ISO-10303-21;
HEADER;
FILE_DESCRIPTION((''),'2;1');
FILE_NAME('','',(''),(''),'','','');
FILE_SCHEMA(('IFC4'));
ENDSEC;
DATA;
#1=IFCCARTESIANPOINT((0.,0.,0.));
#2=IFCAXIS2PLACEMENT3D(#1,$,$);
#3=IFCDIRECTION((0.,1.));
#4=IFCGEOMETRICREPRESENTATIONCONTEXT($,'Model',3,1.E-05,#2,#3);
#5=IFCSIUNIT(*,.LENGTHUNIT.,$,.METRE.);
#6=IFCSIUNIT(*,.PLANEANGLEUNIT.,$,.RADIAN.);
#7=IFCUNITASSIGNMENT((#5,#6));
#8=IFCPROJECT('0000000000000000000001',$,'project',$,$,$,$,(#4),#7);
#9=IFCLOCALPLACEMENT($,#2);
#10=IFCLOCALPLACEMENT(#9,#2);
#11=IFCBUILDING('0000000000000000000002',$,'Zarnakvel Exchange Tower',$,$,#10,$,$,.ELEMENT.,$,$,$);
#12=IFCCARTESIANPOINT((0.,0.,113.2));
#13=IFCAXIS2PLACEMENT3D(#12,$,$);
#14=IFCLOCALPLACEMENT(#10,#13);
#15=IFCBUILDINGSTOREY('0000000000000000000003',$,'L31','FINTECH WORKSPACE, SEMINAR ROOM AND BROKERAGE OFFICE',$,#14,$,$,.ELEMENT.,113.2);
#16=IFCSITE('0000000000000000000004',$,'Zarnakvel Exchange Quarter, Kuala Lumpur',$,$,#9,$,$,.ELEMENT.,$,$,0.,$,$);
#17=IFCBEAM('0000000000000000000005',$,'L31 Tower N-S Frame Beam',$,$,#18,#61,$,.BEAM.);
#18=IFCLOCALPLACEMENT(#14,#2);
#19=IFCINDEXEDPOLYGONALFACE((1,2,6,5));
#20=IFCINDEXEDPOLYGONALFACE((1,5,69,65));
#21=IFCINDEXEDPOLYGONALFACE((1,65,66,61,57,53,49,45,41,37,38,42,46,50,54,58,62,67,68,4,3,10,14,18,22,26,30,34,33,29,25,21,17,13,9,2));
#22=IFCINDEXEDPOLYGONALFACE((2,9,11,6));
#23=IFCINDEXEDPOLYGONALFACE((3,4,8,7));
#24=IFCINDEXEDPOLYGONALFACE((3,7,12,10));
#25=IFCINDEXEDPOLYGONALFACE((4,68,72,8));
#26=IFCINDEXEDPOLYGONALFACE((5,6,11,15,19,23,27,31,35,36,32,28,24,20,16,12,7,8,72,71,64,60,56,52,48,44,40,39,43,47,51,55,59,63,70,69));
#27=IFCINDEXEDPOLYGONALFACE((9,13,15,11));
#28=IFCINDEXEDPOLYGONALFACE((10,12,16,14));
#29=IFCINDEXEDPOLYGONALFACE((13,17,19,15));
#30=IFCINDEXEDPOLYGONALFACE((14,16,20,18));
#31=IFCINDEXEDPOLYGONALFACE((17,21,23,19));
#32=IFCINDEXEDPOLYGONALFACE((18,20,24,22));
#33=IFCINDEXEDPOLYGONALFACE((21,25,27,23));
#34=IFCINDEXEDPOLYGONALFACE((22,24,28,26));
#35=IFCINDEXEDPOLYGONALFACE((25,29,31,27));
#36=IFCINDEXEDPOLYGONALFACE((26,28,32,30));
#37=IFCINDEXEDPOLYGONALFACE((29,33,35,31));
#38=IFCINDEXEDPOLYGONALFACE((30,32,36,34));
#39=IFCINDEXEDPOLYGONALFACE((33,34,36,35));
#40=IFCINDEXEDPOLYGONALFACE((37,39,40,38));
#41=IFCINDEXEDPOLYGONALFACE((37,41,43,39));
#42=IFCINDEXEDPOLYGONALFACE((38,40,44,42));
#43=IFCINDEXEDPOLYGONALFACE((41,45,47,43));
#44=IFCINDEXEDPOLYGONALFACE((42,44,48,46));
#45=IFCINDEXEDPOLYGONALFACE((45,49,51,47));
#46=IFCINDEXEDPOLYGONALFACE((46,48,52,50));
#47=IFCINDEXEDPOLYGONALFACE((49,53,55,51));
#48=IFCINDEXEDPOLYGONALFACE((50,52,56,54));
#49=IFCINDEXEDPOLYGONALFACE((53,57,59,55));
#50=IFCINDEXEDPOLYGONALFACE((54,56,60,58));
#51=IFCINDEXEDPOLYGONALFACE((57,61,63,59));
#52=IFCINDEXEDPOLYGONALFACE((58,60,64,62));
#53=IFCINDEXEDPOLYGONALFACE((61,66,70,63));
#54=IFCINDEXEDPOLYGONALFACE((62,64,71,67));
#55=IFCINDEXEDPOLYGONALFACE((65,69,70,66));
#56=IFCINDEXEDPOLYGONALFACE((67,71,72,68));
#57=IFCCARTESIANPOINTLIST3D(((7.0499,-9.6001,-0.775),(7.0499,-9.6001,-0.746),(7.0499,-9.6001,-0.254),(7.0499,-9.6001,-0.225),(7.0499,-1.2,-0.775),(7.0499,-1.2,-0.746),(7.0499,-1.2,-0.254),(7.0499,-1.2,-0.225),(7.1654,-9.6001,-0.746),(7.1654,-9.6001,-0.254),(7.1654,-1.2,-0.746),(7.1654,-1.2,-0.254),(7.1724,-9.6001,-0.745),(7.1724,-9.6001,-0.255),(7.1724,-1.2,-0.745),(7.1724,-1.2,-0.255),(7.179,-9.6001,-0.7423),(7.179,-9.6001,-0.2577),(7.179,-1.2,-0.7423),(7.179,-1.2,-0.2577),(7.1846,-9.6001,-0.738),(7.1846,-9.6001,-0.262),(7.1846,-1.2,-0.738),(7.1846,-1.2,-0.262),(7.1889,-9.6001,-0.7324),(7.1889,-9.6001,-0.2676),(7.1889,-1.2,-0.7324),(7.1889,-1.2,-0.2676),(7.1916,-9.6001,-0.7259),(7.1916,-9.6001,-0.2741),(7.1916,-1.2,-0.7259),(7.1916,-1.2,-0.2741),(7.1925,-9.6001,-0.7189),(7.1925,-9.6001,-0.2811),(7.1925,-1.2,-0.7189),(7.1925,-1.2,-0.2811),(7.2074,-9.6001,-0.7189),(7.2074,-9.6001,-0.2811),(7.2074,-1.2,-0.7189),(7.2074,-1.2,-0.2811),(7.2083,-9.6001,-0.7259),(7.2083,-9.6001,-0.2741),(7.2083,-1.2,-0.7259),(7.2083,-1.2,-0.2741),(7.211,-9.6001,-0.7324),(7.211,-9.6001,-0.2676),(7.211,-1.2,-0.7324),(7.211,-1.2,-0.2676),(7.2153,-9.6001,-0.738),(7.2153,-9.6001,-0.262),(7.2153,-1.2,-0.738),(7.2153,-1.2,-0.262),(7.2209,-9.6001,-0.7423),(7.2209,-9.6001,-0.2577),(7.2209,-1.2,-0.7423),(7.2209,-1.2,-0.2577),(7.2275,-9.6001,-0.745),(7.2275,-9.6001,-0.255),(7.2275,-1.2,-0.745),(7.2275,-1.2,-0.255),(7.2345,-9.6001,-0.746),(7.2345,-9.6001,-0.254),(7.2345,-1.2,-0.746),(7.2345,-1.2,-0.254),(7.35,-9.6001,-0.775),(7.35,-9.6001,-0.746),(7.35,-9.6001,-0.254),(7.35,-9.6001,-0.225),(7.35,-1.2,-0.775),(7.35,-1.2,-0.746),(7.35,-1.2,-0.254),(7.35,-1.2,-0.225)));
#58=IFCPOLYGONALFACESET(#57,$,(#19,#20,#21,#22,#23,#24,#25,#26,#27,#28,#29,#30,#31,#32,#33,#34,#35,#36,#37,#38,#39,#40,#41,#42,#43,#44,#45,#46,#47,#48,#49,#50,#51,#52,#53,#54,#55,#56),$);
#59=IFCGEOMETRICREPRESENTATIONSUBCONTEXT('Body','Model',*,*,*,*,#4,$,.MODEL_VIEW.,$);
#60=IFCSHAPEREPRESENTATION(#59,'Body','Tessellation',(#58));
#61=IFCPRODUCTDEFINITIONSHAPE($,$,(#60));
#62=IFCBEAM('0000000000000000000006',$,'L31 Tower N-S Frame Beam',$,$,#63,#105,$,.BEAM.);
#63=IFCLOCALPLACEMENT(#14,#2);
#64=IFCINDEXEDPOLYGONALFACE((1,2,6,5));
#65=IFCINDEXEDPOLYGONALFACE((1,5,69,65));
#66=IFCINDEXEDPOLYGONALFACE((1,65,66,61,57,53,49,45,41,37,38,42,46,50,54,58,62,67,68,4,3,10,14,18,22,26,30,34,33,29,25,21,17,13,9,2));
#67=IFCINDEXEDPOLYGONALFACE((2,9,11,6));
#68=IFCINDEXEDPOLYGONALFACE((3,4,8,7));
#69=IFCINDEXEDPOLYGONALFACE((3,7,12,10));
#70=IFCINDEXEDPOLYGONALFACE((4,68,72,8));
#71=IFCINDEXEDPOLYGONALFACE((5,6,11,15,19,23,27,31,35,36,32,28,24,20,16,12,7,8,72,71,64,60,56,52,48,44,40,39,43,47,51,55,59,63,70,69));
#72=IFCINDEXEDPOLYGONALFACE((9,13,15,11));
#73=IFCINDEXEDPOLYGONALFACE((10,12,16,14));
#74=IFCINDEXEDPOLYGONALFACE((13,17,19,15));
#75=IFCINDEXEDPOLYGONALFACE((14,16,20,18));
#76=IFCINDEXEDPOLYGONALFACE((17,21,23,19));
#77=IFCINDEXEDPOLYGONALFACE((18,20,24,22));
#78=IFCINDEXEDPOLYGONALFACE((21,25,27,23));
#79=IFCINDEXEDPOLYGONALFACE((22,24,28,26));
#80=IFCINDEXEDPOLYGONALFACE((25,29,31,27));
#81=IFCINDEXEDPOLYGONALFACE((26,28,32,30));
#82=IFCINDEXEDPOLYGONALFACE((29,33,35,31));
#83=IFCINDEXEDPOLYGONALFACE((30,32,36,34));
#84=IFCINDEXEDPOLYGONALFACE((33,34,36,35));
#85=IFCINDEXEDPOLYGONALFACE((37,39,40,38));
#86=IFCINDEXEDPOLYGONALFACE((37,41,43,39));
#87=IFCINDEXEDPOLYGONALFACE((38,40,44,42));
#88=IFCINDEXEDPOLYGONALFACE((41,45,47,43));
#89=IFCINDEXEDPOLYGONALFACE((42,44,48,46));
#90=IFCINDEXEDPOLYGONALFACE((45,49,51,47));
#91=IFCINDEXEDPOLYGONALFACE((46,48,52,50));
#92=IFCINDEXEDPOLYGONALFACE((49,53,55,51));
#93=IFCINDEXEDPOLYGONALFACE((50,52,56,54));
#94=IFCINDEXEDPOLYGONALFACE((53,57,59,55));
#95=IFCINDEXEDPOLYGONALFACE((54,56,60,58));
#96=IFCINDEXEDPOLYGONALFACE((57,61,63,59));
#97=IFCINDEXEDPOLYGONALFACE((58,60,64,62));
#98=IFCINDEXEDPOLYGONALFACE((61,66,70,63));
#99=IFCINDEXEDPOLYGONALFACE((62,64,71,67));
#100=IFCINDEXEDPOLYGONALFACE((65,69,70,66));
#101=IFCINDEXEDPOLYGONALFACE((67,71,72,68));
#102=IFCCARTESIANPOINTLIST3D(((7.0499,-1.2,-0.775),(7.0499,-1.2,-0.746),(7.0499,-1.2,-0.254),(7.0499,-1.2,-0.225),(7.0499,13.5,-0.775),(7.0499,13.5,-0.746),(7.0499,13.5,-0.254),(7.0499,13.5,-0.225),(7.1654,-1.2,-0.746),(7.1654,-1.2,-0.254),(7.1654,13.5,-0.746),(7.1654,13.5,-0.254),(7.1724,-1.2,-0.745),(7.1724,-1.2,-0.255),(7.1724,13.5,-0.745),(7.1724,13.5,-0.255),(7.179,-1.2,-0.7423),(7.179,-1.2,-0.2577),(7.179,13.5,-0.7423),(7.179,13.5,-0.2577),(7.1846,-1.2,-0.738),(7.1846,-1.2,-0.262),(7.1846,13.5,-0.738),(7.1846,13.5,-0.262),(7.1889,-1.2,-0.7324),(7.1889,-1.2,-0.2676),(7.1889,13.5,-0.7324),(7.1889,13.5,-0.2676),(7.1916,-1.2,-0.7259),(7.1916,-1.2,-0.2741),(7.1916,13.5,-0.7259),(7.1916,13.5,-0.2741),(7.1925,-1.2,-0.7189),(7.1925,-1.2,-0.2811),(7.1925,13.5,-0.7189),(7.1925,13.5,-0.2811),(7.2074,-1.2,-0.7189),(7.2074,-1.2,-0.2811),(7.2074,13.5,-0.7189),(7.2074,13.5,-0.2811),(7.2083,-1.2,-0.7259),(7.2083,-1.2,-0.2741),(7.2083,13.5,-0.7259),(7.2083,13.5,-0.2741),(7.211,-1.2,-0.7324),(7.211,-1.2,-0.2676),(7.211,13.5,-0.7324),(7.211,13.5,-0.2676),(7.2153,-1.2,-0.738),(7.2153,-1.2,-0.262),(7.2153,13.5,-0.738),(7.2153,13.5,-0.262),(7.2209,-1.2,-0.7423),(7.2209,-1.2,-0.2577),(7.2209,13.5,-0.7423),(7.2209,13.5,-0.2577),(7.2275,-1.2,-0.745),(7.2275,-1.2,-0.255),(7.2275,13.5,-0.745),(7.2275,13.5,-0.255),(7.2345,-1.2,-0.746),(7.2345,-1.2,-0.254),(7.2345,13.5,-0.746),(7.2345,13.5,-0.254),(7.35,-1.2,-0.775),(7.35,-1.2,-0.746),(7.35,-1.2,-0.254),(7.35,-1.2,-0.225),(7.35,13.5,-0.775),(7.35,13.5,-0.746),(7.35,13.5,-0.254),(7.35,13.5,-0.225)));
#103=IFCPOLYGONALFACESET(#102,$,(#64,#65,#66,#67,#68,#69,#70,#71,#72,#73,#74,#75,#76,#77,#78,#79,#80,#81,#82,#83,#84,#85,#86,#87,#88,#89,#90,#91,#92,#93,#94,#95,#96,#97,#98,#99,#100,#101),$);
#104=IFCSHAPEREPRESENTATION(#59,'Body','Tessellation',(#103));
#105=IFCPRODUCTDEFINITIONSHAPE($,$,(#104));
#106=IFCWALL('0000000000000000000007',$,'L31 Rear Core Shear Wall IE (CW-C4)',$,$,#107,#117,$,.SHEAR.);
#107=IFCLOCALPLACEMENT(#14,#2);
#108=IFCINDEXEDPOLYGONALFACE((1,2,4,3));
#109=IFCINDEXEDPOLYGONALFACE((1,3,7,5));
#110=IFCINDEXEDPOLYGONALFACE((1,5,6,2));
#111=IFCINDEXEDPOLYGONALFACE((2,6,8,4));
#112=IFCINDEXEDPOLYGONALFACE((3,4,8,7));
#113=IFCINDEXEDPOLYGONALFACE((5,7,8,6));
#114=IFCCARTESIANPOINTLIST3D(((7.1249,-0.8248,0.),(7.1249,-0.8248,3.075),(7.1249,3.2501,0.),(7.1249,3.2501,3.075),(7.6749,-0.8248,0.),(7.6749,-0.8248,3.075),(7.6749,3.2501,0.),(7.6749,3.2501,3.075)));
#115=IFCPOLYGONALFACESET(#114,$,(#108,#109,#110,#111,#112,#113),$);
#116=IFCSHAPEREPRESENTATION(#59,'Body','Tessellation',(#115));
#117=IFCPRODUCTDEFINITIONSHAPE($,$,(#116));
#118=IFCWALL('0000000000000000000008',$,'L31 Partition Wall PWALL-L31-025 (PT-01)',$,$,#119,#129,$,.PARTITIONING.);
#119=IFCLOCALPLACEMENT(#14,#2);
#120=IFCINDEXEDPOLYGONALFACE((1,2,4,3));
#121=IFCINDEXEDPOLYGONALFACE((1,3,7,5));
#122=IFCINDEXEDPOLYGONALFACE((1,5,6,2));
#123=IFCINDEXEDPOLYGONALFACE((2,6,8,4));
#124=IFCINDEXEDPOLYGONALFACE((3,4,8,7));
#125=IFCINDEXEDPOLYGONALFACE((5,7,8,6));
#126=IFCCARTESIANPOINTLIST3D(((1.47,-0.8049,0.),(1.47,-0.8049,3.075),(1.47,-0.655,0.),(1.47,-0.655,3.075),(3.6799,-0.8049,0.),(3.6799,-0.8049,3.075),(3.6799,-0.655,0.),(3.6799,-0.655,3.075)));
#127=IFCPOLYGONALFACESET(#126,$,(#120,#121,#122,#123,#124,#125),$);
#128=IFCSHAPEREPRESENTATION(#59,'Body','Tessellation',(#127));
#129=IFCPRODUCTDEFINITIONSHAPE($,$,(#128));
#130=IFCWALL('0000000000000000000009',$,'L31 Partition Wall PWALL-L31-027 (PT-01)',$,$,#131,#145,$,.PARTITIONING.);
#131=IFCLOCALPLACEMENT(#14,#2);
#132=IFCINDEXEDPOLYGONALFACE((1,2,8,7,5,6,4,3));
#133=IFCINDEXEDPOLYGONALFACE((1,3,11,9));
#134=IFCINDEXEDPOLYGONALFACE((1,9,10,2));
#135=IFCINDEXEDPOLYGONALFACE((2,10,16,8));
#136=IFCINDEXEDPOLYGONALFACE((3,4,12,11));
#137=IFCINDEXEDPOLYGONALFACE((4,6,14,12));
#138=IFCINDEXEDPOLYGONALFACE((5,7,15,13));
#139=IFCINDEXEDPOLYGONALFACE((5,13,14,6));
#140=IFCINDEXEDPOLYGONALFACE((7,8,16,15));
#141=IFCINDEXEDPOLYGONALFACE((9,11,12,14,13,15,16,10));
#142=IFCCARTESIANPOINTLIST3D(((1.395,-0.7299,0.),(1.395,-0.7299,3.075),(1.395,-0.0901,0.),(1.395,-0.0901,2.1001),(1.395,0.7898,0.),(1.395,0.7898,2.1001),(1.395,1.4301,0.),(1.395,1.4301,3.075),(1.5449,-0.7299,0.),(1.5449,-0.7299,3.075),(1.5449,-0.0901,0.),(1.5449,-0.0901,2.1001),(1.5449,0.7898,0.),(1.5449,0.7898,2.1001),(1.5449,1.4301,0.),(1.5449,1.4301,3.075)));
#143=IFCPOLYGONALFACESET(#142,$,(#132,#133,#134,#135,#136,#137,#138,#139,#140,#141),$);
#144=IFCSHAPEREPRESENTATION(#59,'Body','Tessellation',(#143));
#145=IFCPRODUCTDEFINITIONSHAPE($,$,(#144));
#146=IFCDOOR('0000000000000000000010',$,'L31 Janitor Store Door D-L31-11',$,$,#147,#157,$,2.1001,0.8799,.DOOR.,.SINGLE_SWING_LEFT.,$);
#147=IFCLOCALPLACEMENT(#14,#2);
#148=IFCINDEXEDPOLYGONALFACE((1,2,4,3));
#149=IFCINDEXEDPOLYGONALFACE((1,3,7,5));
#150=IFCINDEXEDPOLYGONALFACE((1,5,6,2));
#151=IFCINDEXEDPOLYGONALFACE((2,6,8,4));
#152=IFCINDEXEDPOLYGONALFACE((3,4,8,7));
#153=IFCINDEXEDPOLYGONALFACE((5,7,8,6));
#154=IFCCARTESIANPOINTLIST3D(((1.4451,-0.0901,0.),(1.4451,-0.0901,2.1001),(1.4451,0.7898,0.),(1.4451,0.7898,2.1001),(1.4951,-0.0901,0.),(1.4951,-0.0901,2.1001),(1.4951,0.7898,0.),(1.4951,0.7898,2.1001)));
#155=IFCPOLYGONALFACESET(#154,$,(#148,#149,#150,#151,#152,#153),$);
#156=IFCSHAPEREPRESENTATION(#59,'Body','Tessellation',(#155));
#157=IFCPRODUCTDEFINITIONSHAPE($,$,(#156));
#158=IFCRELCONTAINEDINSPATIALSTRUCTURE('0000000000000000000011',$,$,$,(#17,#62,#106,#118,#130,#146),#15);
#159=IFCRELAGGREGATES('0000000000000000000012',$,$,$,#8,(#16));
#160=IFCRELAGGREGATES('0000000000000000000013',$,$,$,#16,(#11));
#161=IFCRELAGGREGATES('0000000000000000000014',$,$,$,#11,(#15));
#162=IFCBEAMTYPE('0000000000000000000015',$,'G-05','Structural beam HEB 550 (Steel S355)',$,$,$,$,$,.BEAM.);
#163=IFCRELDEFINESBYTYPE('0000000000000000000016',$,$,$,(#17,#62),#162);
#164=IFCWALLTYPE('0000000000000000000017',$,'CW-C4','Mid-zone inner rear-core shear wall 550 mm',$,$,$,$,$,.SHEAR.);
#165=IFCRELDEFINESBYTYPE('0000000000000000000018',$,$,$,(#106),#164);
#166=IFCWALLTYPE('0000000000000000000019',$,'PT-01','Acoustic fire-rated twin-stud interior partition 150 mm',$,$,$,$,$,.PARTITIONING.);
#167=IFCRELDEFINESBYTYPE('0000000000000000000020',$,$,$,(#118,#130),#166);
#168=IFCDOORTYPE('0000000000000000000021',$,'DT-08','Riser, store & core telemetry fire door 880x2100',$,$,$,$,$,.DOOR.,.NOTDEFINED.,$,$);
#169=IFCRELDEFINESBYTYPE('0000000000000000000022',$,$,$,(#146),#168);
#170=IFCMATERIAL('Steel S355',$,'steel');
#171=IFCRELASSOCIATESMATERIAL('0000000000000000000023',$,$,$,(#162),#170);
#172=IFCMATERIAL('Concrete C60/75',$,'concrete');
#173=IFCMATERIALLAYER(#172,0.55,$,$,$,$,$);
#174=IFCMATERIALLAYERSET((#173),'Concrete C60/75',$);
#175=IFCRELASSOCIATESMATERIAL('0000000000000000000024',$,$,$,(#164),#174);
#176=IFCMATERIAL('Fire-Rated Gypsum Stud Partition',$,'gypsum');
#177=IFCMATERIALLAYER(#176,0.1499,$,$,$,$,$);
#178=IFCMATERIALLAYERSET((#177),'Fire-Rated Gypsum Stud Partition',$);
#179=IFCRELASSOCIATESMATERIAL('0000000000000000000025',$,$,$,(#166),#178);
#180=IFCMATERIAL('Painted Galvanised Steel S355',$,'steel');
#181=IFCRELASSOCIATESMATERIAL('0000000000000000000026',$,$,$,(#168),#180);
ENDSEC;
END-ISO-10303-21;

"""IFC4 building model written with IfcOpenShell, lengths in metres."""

from ifc_helpers import new_model, si_unit, direction, frame, frame_2d, origin, origin_2d, place, context, subcontext, project, spatial, rectangle, i_section, extrude, source, transform, mapped, material, layer, layer_set, material_profile, profile_set, type_object, element, fill, save


model = new_model("IFC4")

# Units and contexts
model_context = context("Model", 3, precision=1e-05, world=origin(), true_north=direction((0.0, 1.0)))
body_context = subcontext(model_context, "Body", "Model", "MODEL_VIEW")
ifc_project = project(units=[si_unit("LENGTHUNIT", "METRE"), si_unit("PLANEANGLEUNIT", "RADIAN")], contexts=[model_context])

# Site, building, storey
site_placement = place(None, origin())
site = spatial("IfcSite", under=ifc_project, at=site_placement, Name="Zarnakvel Exchange Quarter, Kuala Lumpur", CompositionType="ELEMENT", RefElevation=0.0)
building_placement = place(site_placement, origin())
building = spatial("IfcBuilding", under=site, at=building_placement, Name="Zarnakvel Exchange Tower", CompositionType="ELEMENT")
storey_placement = place(building_placement, frame((0.0, 0.0, 113.2)))
storey = spatial("IfcBuildingStorey", under=building, at=storey_placement, Name="L31", Description="FINTECH WORKSPACE, SEMINAR ROOM AND BROKERAGE OFFICE", CompositionType="ELEMENT", Elevation=113.2)

# Shared definitions
ifc_material_1 = material(Name="Concrete C60/75", Category="concrete")

# Beams
ifc_material_2 = material(Name="Steel S355", Category="steel")
ifc_material_profile_1 = material_profile(ifc_material_2, i_section(OverallWidth=0.3, OverallDepth=0.55, WebThickness=0.0149, FlangeThickness=0.0291, FilletRadius=0.0271, at=origin_2d()))
ifc_profile_set_1 = profile_set([ifc_material_profile_1], Name="Steel S355")
beam_type_1 = type_object("IfcBeamType", Name="G-05", Description="Structural beam HEB 550 (Steel S355)", PredefinedType="BEAM", material=ifc_profile_set_1)
beam_1_placement = place(storey_placement, frame((7.2, -9.6001, -0.5), z_axis=(0.0, 1.0, 0.0), x_axis=(-1.0, 0.0, 0.0)))
element("IfcBeam", 1, at=beam_1_placement, inside=storey, type_object=beam_type_1, Name="L31 Tower N-S Frame Beam", PredefinedType="BEAM", context=body_context, shape_type="SweptSolid", body=[
    extrude(i_section(OverallWidth=0.3, OverallDepth=0.55, WebThickness=0.0149, FlangeThickness=0.0291, FilletRadius=0.0271, at=origin_2d()), origin(), (0.0, 0.0, 1.0), 8.4001),
])
beam_2_placement = place(storey_placement, frame((7.2, -1.2, -0.5), z_axis=(0.0, 1.0, 0.0), x_axis=(-1.0, 0.0, 0.0)))
element("IfcBeam", 2, at=beam_2_placement, inside=storey, type_object=beam_type_1, Name="L31 Tower N-S Frame Beam", PredefinedType="BEAM", context=body_context, shape_type="SweptSolid", body=[
    extrude(i_section(OverallWidth=0.3, OverallDepth=0.55, WebThickness=0.0149, FlangeThickness=0.0291, FilletRadius=0.0271, at=origin_2d()), origin(), (0.0, 0.0, 1.0), 14.7),
])

# Shared definitions
ifc_material_3 = material(Name="Painted Galvanised Steel S355", Category="steel")

# Walls
ifc_layer_1 = layer(ifc_material_1, 0.55)
ifc_layer_set_1 = layer_set([ifc_layer_1], Name="Concrete C60/75")
wall_type_1 = type_object("IfcWallType", Name="CW-C4", Description="Mid-zone inner rear-core shear wall 550 mm", PredefinedType="SHEAR", material=ifc_layer_set_1)
wall_1_placement = place(storey_placement, frame((7.3999, -0.825, 0.0), z_axis=(0.0, 0.0, 1.0), x_axis=(0.0, 1.0, 0.0)))
element("IfcWall", 3, at=wall_1_placement, inside=storey, type_object=wall_type_1, Name="L31 Rear Core Shear Wall IE (CW-C4)", PredefinedType="SHEAR", context=body_context, shape_type="SweptSolid", body=[
    extrude(rectangle(XDim=4.075, YDim=0.55, at=frame_2d((2.0376, 0.0))), origin(), (0.0, 0.0, 1.0), 3.075),
])
ifc_material_4 = material(Name="Fire-Rated Gypsum Stud Partition", Category="gypsum")
ifc_layer_2 = layer(ifc_material_4, 0.1499)
ifc_layer_set_2 = layer_set([ifc_layer_2], Name="Fire-Rated Gypsum Stud Partition")
wall_type_2 = type_object("IfcWallType", Name="PT-01", Description="Acoustic fire-rated twin-stud interior partition 150 mm", PredefinedType="PARTITIONING", material=ifc_layer_set_2)
wall_2_placement = place(storey_placement, frame((3.6799, -0.73, 0.0), z_axis=(0.0, 0.0, 1.0), x_axis=(-1.0, 0.0, 0.0)))
element("IfcWall", 4, at=wall_2_placement, inside=storey, type_object=wall_type_2, Name="L31 Partition Wall PWALL-L31-025 (PT-01)", PredefinedType="PARTITIONING", context=body_context, shape_type="SweptSolid", body=[
    extrude(rectangle(XDim=2.21, YDim=0.1499, at=frame_2d((1.105, 0.0))), origin(), (0.0, 0.0, 1.0), 3.075),
])

# Wall, opening, door
wall_3_placement = place(storey_placement, frame((1.47, -0.73, 0.0), z_axis=(0.0, 0.0, 1.0), x_axis=(0.0, 1.0, 0.0)))
wall_3 = element("IfcWall", 5, at=wall_3_placement, inside=storey, type_object=wall_type_2, Name="L31 Partition Wall PWALL-L31-027 (PT-01)", PredefinedType="PARTITIONING", context=body_context, shape_type="SweptSolid", body=[
    extrude(rectangle(XDim=2.1599, YDim=0.1499, at=frame_2d((1.0801, 0.0))), origin(), (0.0, 0.0, 1.0), 3.075),
])
opening_1_placement = place(wall_3_placement, frame((0.6399, 0.0, 0.0)))
opening_1 = element("IfcOpeningElement", 6, at=opening_1_placement, cuts=wall_3, PredefinedType="OPENING", context=body_context, shape_type="SweptSolid", body=[
    extrude(rectangle(XDim=0.8799, YDim=2.1001, at=frame_2d((0.4399, 1.05))), frame((0.0, 0.085, 0.0), z_axis=(0.0, -1.0, 0.0), x_axis=(1.0, 0.0, 0.0)), (0.0, 0.0, 1.0), 0.1699),
])
door_type_1 = type_object("IfcDoorType", Name="DT-08", Description="Riser, store & core telemetry fire door 880x2100", OperationType="NOTDEFINED", PredefinedType="DOOR", material=ifc_material_3)
shared_shape_1 = source(origin(), body_context, "Body", "SweptSolid", [
    extrude(rectangle(XDim=0.8799, YDim=2.1001, at=frame_2d((0.4399, 1.05))), frame((0.0, 0.0249, 0.0), z_axis=(0.0, -1.0, 0.0), x_axis=(1.0, 0.0, 0.0)), (0.0, 0.0, 1.0), 0.05),
])
door_1_placement = place(opening_1_placement, origin())
door_1 = element("IfcDoor", 7, at=door_1_placement, inside=storey, type_object=door_type_1, Name="L31 Janitor Store Door D-L31-11", OperationType="SINGLE_SWING_LEFT", OverallHeight=2.1001, OverallWidth=0.8799, PredefinedType="DOOR", context=body_context, shape_type="MappedRepresentation", body=[
    mapped(shared_shape_1, transform((0.0, 0.0, 0.0), x_axis=(1.0, 0.0, 0.0), y_axis=(0.0, 1.0, 0.0), z_axis=(0.0, 0.0, 1.0), scale=1.0)),
])
fill(opening_1, door_1)

save(model, "model.ifc")
